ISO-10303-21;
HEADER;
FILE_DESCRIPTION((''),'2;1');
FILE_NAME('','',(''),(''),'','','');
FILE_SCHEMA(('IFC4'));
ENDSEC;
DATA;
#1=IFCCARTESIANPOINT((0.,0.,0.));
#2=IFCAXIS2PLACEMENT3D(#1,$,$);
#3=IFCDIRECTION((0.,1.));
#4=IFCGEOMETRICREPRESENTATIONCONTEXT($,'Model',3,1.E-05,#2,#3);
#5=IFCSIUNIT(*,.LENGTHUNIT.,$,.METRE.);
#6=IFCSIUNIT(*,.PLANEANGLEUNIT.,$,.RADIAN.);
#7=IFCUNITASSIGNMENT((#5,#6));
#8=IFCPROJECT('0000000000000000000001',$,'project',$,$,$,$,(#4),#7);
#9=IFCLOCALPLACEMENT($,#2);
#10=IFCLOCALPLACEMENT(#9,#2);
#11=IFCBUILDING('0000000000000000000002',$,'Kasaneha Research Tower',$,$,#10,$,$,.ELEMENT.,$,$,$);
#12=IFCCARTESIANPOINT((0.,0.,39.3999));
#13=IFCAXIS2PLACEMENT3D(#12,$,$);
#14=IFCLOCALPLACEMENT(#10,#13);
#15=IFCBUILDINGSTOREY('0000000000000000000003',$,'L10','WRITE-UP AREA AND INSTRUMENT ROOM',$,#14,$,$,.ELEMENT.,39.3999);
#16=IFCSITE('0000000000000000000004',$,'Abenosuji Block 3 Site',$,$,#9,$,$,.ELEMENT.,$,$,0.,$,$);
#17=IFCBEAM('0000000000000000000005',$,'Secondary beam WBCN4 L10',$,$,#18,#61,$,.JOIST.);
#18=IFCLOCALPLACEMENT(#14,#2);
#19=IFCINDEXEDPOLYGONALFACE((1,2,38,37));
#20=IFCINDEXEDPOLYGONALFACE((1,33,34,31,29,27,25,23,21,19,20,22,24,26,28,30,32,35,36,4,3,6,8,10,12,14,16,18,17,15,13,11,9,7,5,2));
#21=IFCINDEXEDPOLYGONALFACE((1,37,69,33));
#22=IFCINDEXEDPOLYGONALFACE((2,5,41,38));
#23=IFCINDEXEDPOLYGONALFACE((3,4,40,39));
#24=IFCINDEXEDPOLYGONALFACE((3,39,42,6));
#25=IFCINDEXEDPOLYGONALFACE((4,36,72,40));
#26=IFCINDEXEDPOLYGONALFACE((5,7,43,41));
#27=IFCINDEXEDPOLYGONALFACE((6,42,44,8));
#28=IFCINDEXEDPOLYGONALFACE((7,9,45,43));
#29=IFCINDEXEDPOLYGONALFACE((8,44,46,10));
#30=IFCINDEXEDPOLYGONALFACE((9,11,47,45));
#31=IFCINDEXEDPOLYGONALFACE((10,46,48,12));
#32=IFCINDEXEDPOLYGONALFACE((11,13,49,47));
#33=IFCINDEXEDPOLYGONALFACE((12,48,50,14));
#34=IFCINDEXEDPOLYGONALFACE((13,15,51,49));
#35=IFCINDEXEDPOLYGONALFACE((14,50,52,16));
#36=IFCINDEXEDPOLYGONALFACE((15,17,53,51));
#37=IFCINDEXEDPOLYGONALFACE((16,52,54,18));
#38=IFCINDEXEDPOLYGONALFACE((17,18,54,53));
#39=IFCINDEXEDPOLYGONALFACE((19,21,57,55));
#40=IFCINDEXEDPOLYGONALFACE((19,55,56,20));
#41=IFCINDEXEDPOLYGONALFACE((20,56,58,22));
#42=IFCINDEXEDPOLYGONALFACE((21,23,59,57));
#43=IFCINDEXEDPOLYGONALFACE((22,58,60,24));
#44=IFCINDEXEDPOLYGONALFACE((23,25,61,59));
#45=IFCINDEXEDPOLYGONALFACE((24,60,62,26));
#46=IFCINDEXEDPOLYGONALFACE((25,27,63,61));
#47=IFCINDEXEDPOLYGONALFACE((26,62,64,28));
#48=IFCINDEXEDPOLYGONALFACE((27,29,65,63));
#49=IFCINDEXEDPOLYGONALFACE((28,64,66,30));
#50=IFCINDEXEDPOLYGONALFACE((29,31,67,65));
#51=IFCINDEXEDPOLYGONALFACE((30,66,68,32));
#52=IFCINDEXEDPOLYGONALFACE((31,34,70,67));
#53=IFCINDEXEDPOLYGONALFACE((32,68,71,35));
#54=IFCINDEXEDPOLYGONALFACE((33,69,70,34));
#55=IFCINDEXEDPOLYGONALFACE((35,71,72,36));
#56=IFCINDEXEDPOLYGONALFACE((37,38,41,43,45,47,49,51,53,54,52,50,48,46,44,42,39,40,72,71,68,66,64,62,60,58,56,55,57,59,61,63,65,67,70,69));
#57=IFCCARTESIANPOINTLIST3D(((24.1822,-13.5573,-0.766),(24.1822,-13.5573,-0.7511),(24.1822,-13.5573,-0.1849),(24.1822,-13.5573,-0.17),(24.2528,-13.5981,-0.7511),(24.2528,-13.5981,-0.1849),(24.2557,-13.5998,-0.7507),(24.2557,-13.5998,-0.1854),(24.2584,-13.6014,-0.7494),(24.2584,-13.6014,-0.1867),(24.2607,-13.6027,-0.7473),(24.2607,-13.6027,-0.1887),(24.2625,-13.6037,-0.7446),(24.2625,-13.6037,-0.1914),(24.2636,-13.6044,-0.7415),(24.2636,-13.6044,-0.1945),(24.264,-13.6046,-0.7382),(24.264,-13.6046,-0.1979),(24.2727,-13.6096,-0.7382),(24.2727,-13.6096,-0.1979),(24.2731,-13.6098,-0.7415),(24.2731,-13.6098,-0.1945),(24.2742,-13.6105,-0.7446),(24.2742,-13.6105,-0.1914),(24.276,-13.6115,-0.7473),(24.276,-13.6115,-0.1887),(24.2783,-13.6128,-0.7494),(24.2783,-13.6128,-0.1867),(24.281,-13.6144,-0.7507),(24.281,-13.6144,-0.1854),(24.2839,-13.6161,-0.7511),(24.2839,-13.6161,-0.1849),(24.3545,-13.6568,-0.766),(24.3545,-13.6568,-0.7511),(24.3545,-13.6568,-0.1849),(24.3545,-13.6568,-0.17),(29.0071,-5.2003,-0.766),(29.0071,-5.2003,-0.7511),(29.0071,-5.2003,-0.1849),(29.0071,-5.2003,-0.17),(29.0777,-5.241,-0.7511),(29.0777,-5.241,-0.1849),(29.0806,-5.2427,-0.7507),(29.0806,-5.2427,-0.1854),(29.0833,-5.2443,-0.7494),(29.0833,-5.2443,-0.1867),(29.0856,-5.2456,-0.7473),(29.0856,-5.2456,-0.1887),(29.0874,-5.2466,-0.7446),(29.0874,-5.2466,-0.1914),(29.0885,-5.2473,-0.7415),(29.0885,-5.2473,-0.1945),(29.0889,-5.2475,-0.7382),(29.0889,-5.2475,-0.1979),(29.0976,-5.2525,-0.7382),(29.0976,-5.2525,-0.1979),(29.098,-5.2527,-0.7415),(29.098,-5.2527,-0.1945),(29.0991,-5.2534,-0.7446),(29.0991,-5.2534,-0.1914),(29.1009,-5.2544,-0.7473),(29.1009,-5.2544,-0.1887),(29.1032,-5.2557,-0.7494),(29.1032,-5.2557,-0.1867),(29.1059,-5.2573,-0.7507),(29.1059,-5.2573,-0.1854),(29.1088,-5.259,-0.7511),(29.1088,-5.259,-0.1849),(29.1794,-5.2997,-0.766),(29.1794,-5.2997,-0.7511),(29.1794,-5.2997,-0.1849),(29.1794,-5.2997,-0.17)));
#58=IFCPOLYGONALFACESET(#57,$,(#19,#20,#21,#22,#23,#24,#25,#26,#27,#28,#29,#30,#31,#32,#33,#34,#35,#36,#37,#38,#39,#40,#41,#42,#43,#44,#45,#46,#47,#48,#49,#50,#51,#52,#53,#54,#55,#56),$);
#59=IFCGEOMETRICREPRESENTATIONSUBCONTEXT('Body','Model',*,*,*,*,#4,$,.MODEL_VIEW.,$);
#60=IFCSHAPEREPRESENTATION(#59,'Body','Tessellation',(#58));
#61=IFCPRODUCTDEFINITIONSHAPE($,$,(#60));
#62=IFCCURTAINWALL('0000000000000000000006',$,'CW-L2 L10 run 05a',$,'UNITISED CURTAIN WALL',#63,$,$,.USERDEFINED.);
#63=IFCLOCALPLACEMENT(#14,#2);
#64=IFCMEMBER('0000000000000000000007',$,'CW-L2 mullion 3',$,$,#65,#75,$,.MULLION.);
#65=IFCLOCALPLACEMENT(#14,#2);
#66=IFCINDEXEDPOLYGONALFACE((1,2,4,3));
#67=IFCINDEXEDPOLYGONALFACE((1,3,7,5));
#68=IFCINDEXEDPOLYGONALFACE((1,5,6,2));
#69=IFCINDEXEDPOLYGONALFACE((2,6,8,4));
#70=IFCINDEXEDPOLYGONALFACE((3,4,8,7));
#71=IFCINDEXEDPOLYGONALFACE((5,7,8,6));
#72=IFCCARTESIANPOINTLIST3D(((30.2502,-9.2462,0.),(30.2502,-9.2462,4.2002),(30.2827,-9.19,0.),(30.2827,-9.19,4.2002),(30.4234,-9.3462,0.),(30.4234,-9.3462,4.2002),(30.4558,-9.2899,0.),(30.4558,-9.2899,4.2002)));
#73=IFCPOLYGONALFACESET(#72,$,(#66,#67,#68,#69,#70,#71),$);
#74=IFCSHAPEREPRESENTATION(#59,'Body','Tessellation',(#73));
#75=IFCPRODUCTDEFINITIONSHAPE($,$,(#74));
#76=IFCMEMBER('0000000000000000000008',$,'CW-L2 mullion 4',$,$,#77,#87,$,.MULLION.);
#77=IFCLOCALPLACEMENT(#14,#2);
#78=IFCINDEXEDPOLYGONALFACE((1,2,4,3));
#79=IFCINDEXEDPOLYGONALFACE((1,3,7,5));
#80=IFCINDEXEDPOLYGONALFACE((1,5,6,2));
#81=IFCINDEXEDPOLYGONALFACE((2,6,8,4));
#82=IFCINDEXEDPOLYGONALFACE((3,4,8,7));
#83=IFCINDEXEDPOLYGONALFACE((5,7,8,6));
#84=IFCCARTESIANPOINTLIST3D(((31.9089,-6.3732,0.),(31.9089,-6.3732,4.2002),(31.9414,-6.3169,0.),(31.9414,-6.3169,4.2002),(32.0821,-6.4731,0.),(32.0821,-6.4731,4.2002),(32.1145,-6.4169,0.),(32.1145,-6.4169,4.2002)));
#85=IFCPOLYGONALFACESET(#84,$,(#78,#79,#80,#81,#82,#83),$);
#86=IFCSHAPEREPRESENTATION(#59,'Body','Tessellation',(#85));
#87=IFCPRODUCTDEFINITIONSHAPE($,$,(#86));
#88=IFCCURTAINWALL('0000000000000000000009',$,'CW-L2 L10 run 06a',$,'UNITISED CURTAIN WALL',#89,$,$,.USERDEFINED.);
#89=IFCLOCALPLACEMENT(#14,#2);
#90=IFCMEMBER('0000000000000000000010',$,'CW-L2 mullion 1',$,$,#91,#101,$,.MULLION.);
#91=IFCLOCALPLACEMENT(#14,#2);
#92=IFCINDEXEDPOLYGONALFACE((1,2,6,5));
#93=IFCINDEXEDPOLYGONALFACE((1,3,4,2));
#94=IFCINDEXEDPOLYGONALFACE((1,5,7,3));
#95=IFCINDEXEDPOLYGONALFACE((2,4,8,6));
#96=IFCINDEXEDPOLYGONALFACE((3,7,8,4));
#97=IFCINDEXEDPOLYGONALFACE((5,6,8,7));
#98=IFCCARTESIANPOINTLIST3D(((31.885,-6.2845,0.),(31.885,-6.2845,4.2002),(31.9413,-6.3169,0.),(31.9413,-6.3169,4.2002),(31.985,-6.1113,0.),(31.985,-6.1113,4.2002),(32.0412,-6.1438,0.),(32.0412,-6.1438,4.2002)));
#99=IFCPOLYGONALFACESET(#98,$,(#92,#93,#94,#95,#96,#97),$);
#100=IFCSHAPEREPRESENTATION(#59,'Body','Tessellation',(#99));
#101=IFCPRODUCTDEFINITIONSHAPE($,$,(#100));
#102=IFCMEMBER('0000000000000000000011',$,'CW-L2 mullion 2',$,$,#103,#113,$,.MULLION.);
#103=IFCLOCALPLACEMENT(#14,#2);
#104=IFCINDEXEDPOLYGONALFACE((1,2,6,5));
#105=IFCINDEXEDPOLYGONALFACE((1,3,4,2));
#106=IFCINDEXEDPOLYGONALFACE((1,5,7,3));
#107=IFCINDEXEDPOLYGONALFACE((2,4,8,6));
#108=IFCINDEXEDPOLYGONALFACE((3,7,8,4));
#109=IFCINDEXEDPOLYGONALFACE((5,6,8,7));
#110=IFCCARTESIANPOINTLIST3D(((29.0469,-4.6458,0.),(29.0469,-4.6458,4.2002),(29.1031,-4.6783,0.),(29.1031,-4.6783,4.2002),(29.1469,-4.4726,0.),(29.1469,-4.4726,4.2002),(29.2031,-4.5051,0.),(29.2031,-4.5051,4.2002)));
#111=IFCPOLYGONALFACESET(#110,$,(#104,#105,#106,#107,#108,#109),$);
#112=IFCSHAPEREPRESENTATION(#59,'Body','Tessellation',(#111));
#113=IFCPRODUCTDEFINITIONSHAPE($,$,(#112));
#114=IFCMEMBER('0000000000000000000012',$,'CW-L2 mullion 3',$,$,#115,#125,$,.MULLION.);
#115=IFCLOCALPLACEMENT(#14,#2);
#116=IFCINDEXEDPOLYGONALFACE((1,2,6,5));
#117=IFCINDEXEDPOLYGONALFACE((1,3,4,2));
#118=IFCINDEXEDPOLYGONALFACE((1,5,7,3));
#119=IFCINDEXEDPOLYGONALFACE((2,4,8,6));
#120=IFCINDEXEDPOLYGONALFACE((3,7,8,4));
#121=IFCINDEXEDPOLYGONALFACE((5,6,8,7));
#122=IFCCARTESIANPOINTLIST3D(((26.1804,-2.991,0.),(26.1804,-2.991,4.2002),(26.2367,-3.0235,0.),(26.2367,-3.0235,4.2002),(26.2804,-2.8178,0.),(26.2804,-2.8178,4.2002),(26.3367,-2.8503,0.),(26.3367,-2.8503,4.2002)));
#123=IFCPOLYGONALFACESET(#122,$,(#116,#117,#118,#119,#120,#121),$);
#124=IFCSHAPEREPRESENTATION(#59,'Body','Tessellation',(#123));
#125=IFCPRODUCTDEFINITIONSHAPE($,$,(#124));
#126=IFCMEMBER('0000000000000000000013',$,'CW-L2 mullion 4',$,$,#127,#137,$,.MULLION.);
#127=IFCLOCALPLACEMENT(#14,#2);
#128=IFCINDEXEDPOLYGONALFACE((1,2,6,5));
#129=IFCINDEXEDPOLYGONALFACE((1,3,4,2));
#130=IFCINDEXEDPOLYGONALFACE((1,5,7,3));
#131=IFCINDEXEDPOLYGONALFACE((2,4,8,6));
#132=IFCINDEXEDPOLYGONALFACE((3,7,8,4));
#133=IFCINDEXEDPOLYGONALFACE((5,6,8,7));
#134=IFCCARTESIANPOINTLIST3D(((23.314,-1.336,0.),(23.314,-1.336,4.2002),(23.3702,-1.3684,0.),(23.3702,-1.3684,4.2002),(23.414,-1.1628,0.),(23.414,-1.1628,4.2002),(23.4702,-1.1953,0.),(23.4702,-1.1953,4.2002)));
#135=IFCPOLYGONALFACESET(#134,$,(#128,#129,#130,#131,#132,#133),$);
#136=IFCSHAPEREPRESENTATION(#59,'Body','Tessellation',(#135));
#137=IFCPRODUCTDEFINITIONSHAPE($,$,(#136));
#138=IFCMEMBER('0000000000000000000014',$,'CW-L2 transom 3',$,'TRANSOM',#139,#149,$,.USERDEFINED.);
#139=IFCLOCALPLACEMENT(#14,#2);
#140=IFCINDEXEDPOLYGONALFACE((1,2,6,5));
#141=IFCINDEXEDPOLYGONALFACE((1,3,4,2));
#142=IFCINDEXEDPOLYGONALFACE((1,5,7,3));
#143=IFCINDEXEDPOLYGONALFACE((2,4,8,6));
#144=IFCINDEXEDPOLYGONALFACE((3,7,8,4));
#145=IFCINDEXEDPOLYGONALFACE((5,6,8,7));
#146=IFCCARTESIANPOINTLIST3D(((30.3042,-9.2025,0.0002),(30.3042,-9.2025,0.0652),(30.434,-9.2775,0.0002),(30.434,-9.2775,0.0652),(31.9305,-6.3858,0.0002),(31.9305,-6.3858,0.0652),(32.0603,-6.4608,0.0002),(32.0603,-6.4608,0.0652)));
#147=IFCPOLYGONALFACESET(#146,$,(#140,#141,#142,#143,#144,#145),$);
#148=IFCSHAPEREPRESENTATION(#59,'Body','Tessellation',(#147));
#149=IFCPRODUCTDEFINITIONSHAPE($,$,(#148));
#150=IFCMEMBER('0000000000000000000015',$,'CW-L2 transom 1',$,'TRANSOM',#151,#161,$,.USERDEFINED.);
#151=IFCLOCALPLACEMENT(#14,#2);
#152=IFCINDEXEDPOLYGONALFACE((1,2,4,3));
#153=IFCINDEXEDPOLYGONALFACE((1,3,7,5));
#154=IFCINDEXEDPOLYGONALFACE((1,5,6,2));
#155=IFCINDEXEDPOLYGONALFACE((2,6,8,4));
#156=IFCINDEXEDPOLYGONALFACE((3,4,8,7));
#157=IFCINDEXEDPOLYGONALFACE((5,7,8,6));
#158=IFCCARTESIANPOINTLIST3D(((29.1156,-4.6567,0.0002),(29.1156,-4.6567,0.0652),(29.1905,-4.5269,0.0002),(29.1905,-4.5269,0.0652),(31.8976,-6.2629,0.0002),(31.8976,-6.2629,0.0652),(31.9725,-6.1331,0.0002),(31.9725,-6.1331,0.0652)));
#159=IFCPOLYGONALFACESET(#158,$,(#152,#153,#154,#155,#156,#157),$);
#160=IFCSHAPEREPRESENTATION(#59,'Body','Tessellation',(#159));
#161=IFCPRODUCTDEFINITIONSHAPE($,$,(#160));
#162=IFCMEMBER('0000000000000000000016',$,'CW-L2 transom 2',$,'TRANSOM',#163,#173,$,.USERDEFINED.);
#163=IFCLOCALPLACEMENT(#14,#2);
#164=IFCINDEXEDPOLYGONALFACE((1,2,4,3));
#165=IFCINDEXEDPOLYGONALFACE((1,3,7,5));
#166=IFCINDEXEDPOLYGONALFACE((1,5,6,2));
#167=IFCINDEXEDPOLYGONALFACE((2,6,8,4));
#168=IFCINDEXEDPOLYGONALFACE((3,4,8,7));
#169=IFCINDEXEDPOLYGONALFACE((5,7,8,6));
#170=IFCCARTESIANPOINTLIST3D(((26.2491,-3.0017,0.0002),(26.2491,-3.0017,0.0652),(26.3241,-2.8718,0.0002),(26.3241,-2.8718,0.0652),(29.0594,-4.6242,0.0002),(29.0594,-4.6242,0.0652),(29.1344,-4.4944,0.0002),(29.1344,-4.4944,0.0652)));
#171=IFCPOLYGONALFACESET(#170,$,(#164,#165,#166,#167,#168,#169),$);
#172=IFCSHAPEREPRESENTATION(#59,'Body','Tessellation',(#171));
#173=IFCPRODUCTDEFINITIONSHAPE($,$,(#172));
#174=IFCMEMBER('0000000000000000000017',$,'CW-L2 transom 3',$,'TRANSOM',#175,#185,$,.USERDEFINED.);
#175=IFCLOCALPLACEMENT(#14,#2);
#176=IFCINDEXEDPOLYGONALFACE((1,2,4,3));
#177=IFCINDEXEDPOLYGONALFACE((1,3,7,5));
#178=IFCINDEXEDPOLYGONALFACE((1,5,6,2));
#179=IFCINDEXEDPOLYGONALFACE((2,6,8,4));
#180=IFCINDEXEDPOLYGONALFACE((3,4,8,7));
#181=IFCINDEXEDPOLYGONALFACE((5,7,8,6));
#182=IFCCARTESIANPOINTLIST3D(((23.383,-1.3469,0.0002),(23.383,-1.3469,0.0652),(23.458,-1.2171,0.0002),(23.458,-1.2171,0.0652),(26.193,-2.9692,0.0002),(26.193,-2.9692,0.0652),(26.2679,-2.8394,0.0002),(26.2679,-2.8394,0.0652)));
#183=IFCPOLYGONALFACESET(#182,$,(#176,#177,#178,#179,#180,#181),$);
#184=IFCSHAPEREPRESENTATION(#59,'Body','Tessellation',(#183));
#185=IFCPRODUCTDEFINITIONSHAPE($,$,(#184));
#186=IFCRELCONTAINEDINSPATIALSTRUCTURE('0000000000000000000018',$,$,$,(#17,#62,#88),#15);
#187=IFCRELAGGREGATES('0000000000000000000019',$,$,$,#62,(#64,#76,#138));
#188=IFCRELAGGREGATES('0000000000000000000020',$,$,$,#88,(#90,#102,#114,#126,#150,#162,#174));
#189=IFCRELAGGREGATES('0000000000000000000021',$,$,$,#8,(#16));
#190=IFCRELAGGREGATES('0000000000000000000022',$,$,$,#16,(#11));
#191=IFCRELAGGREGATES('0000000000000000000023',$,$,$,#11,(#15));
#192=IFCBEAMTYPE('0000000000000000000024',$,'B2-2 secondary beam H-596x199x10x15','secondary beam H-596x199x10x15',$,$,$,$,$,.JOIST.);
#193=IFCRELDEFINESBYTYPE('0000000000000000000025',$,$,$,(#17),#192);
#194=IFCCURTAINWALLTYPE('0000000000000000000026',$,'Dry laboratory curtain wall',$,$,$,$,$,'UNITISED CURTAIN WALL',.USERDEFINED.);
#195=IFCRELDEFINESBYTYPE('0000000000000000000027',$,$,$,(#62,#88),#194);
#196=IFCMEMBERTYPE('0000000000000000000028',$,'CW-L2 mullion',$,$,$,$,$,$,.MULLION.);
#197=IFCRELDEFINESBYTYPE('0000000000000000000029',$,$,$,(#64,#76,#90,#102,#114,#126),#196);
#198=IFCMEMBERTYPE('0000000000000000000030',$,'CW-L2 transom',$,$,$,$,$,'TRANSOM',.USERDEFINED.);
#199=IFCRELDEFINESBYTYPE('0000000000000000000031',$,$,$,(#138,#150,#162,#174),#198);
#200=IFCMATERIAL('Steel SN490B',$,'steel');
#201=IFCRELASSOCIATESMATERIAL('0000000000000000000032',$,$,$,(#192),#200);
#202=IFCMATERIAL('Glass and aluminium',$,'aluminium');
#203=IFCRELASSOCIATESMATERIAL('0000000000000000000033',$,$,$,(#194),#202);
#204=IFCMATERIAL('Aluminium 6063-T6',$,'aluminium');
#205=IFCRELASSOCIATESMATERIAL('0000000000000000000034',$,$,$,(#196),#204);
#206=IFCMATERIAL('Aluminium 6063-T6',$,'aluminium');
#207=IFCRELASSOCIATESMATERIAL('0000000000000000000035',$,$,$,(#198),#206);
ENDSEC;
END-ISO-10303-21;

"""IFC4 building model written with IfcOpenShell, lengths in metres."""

from ifc_helpers import new_model, si_unit, direction, frame, origin, origin_2d, place, context, subcontext, project, spatial, rectangle, i_section, extrude, material, material_profile, profile_set, type_object, element, aggregate, save


model = new_model("IFC4")

# Units and contexts
model_context = context("Model", 3, precision=1e-05, world=origin(), true_north=direction((0.0, 1.0)))
body_context = subcontext(model_context, "Body", "Model", "MODEL_VIEW")
ifc_project = project(units=[si_unit("LENGTHUNIT", "METRE"), si_unit("PLANEANGLEUNIT", "RADIAN")], contexts=[model_context])

# Site, building, storey
site_placement = place(None, origin())
site = spatial("IfcSite", under=ifc_project, at=site_placement, Name="Abenosuji Block 3 Site", CompositionType="ELEMENT", RefElevation=0.0)
building_placement = place(site_placement, origin())
building = spatial("IfcBuilding", under=site, at=building_placement, Name="Kasaneha Research Tower", CompositionType="ELEMENT")
storey_placement = place(building_placement, frame((0.0, 0.0, 39.3999)))
storey = spatial("IfcBuildingStorey", under=building, at=storey_placement, Name="L10", Description="WRITE-UP AREA AND INSTRUMENT ROOM", CompositionType="ELEMENT", Elevation=39.3999)

# Beam
ifc_material_1 = material(Name="Steel SN490B", Category="steel")
ifc_material_profile_1 = material_profile(ifc_material_1, i_section(OverallWidth=0.199, OverallDepth=0.5959, WebThickness=0.01, FlangeThickness=0.0149, FilletRadius=0.0129, at=origin_2d()), Name="H-596x199x10x15")
ifc_profile_set_1 = profile_set([ifc_material_profile_1], Name="Steel SN490B")
beam_type_1 = type_object("IfcBeamType", Name="B2-2 secondary beam H-596x199x10x15", Description="secondary beam H-596x199x10x15", PredefinedType="JOIST", material=ifc_profile_set_1)
for number, where, z_axis, x_axis, name in (
    (1, (29.0933, -5.25, -0.468), (-0.499995, -0.866028, 0.0), (0.866028, -0.499995, 0.0), "Secondary beam WBCN4 L10"),
):
    element("IfcBeam", number, at=place(storey_placement, frame(where, z_axis=z_axis, x_axis=x_axis)), inside=storey, type_object=beam_type_1, Name=name, PredefinedType="JOIST", context=body_context, shape_type="SweptSolid", body=[
        extrude(i_section(OverallWidth=0.199, OverallDepth=0.5959, WebThickness=0.01, FlangeThickness=0.0149, FilletRadius=0.0129, at=origin_2d()), origin(), (0.0, 0.0, 1.0), 9.6499),
    ])

# Curtain walls, members
ifc_material_2 = material(Name="Glass and aluminium", Category="aluminium")
curtain_wall_type = type_object("IfcCurtainWallType", Name="Dry laboratory curtain wall", ElementType="UNITISED CURTAIN WALL", PredefinedType="USERDEFINED", material=ifc_material_2)
curtain_wall_1_placement = place(storey_placement, origin())
curtain_wall_1 = element("IfcCurtainWall", 2, at=curtain_wall_1_placement, inside=storey, type_object=curtain_wall_type, Name="CW-L2 L10 run 05a", ObjectType="UNITISED CURTAIN WALL", PredefinedType="USERDEFINED")
ifc_material_3 = material(Name="Aluminium 6063-T6", Category="aluminium")
ifc_material_profile_2 = material_profile(ifc_material_3, rectangle(XDim=0.0649, YDim=0.2, at=origin_2d()), Name="CW-L2 mullion 65x200")
ifc_profile_set_2 = profile_set([ifc_material_profile_2], Name="Aluminium 6063-T6")
member_type_1 = type_object("IfcMemberType", Name="CW-L2 mullion", PredefinedType="MULLION", material=ifc_profile_set_2)
member_1_placement = place(storey_placement, frame((30.353, -9.2681, 0.0), z_axis=(0.0, 0.0, 1.0), x_axis=(0.5, 0.866025, 0.0)))
member_1 = element("IfcMember", 3, at=member_1_placement, type_object=member_type_1, Name="CW-L2 mullion 3", PredefinedType="MULLION", context=body_context, shape_type="SweptSolid", body=[
    extrude(rectangle(XDim=0.0649, YDim=0.2, at=origin_2d()), origin(), (0.0, 0.0, 1.0), 4.2002),
])
member_2_placement = place(storey_placement, frame((32.0117, -6.395, 0.0), z_axis=(0.0, 0.0, 1.0), x_axis=(0.5, 0.866025, 0.0)))
member_2 = element("IfcMember", 4, at=member_2_placement, type_object=member_type_1, Name="CW-L2 mullion 4", PredefinedType="MULLION", context=body_context, shape_type="SweptSolid", body=[
    extrude(rectangle(XDim=0.0649, YDim=0.2, at=origin_2d()), origin(), (0.0, 0.0, 1.0), 4.2002),
])
curtain_wall_2_placement = place(storey_placement, origin())
curtain_wall_2 = element("IfcCurtainWall", 5, at=curtain_wall_2_placement, inside=storey, type_object=curtain_wall_type, Name="CW-L2 L10 run 06a", ObjectType="UNITISED CURTAIN WALL", PredefinedType="USERDEFINED")
member_3_placement = place(storey_placement, frame((31.9631, -6.2141, 0.0), z_axis=(0.0, 0.0, 1.0), x_axis=(-0.866025, 0.5, 0.0)))
member_3 = element("IfcMember", 6, at=member_3_placement, type_object=member_type_1, Name="CW-L2 mullion 1", PredefinedType="MULLION", context=body_context, shape_type="SweptSolid", body=[
    extrude(rectangle(XDim=0.0649, YDim=0.2, at=origin_2d()), origin(), (0.0, 0.0, 1.0), 4.2002),
])
member_4_placement = place(storey_placement, frame((29.125, -4.5754, 0.0), z_axis=(0.0, 0.0, 1.0), x_axis=(-0.866025, 0.5, 0.0)))
member_4 = element("IfcMember", 7, at=member_4_placement, type_object=member_type_1, Name="CW-L2 mullion 2", PredefinedType="MULLION", context=body_context, shape_type="SweptSolid", body=[
    extrude(rectangle(XDim=0.0649, YDim=0.2, at=origin_2d()), origin(), (0.0, 0.0, 1.0), 4.2002),
])
member_5_placement = place(storey_placement, frame((26.2585, -2.9207, 0.0), z_axis=(0.0, 0.0, 1.0), x_axis=(-0.866025, 0.5, 0.0)))
member_5 = element("IfcMember", 8, at=member_5_placement, type_object=member_type_1, Name="CW-L2 mullion 3", PredefinedType="MULLION", context=body_context, shape_type="SweptSolid", body=[
    extrude(rectangle(XDim=0.0649, YDim=0.2, at=origin_2d()), origin(), (0.0, 0.0, 1.0), 4.2002),
])
member_6_placement = place(storey_placement, frame((23.3921, -1.2656, 0.0), z_axis=(0.0, 0.0, 1.0), x_axis=(-0.866025, 0.5, 0.0)))
member_6 = element("IfcMember", 9, at=member_6_placement, type_object=member_type_1, Name="CW-L2 mullion 4", PredefinedType="MULLION", context=body_context, shape_type="SweptSolid", body=[
    extrude(rectangle(XDim=0.0649, YDim=0.2, at=origin_2d()), origin(), (0.0, 0.0, 1.0), 4.2002),
])

# Members
ifc_material_4 = material(Name="Aluminium 6063-T6", Category="aluminium")
ifc_material_profile_3 = material_profile(ifc_material_4, rectangle(XDim=0.1499, YDim=0.0649, at=origin_2d()), Name="CW-L2 transom 150x65")
ifc_profile_set_3 = profile_set([ifc_material_profile_3], Name="Aluminium 6063-T6")
member_type_2 = type_object("IfcMemberType", Name="CW-L2 transom", ElementType="TRANSOM", PredefinedType="USERDEFINED", material=ifc_profile_set_3)
member_7_placement = place(storey_placement, frame((30.3691, -9.24, 0.0327), z_axis=(0.500006, 0.866022, 0.0), x_axis=(-0.866022, 0.500006, 0.0)))
member_7 = element("IfcMember", 10, at=member_7_placement, type_object=member_type_2, Name="CW-L2 transom 3", ObjectType="TRANSOM", PredefinedType="USERDEFINED", context=body_context, shape_type="SweptSolid", body=[
    extrude(rectangle(XDim=0.1499, YDim=0.0649, at=origin_2d()), origin(), (0.0, 0.0, 1.0), 3.2524),
])
member_8_placement = place(storey_placement, frame((31.9351, -6.198, 0.0327), z_axis=(-0.866022, 0.500005, 0.0), x_axis=(-0.500005, -0.866022, 0.0)))
member_8 = element("IfcMember", 11, at=member_8_placement, type_object=member_type_2, Name="CW-L2 transom 1", ObjectType="TRANSOM", PredefinedType="USERDEFINED", context=body_context, shape_type="SweptSolid", body=[
    extrude(rectangle(XDim=0.1499, YDim=0.0649, at=origin_2d()), origin(), (0.0, 0.0, 1.0), 3.2124),
])
member_9_placement = place(storey_placement, frame((29.0969, -4.5593, 0.0327), z_axis=(-0.866021, 0.500007, 0.0), x_axis=(-0.500007, -0.866021, 0.0)))
member_9 = element("IfcMember", 12, at=member_9_placement, type_object=member_type_2, Name="CW-L2 transom 2", ObjectType="TRANSOM", PredefinedType="USERDEFINED", context=body_context, shape_type="SweptSolid", body=[
    extrude(rectangle(XDim=0.1499, YDim=0.0649, at=origin_2d()), origin(), (0.0, 0.0, 1.0), 3.2451),
])
member_10_placement = place(storey_placement, frame((26.2305, -2.9043, 0.0327), z_axis=(-0.866035, 0.499983, 0.0), x_axis=(-0.499983, -0.866035, 0.0)))
member_10 = element("IfcMember", 13, at=member_10_placement, type_object=member_type_2, Name="CW-L2 transom 3", ObjectType="TRANSOM", PredefinedType="USERDEFINED", context=body_context, shape_type="SweptSolid", body=[
    extrude(rectangle(XDim=0.1499, YDim=0.0649, at=origin_2d()), origin(), (0.0, 0.0, 1.0), 3.2446),
])

aggregate(curtain_wall_1, [member_1, member_2, member_7])
aggregate(curtain_wall_2, [member_3, member_4, member_5, member_6, member_8, member_9, member_10])

save(model, "model.ifc")
